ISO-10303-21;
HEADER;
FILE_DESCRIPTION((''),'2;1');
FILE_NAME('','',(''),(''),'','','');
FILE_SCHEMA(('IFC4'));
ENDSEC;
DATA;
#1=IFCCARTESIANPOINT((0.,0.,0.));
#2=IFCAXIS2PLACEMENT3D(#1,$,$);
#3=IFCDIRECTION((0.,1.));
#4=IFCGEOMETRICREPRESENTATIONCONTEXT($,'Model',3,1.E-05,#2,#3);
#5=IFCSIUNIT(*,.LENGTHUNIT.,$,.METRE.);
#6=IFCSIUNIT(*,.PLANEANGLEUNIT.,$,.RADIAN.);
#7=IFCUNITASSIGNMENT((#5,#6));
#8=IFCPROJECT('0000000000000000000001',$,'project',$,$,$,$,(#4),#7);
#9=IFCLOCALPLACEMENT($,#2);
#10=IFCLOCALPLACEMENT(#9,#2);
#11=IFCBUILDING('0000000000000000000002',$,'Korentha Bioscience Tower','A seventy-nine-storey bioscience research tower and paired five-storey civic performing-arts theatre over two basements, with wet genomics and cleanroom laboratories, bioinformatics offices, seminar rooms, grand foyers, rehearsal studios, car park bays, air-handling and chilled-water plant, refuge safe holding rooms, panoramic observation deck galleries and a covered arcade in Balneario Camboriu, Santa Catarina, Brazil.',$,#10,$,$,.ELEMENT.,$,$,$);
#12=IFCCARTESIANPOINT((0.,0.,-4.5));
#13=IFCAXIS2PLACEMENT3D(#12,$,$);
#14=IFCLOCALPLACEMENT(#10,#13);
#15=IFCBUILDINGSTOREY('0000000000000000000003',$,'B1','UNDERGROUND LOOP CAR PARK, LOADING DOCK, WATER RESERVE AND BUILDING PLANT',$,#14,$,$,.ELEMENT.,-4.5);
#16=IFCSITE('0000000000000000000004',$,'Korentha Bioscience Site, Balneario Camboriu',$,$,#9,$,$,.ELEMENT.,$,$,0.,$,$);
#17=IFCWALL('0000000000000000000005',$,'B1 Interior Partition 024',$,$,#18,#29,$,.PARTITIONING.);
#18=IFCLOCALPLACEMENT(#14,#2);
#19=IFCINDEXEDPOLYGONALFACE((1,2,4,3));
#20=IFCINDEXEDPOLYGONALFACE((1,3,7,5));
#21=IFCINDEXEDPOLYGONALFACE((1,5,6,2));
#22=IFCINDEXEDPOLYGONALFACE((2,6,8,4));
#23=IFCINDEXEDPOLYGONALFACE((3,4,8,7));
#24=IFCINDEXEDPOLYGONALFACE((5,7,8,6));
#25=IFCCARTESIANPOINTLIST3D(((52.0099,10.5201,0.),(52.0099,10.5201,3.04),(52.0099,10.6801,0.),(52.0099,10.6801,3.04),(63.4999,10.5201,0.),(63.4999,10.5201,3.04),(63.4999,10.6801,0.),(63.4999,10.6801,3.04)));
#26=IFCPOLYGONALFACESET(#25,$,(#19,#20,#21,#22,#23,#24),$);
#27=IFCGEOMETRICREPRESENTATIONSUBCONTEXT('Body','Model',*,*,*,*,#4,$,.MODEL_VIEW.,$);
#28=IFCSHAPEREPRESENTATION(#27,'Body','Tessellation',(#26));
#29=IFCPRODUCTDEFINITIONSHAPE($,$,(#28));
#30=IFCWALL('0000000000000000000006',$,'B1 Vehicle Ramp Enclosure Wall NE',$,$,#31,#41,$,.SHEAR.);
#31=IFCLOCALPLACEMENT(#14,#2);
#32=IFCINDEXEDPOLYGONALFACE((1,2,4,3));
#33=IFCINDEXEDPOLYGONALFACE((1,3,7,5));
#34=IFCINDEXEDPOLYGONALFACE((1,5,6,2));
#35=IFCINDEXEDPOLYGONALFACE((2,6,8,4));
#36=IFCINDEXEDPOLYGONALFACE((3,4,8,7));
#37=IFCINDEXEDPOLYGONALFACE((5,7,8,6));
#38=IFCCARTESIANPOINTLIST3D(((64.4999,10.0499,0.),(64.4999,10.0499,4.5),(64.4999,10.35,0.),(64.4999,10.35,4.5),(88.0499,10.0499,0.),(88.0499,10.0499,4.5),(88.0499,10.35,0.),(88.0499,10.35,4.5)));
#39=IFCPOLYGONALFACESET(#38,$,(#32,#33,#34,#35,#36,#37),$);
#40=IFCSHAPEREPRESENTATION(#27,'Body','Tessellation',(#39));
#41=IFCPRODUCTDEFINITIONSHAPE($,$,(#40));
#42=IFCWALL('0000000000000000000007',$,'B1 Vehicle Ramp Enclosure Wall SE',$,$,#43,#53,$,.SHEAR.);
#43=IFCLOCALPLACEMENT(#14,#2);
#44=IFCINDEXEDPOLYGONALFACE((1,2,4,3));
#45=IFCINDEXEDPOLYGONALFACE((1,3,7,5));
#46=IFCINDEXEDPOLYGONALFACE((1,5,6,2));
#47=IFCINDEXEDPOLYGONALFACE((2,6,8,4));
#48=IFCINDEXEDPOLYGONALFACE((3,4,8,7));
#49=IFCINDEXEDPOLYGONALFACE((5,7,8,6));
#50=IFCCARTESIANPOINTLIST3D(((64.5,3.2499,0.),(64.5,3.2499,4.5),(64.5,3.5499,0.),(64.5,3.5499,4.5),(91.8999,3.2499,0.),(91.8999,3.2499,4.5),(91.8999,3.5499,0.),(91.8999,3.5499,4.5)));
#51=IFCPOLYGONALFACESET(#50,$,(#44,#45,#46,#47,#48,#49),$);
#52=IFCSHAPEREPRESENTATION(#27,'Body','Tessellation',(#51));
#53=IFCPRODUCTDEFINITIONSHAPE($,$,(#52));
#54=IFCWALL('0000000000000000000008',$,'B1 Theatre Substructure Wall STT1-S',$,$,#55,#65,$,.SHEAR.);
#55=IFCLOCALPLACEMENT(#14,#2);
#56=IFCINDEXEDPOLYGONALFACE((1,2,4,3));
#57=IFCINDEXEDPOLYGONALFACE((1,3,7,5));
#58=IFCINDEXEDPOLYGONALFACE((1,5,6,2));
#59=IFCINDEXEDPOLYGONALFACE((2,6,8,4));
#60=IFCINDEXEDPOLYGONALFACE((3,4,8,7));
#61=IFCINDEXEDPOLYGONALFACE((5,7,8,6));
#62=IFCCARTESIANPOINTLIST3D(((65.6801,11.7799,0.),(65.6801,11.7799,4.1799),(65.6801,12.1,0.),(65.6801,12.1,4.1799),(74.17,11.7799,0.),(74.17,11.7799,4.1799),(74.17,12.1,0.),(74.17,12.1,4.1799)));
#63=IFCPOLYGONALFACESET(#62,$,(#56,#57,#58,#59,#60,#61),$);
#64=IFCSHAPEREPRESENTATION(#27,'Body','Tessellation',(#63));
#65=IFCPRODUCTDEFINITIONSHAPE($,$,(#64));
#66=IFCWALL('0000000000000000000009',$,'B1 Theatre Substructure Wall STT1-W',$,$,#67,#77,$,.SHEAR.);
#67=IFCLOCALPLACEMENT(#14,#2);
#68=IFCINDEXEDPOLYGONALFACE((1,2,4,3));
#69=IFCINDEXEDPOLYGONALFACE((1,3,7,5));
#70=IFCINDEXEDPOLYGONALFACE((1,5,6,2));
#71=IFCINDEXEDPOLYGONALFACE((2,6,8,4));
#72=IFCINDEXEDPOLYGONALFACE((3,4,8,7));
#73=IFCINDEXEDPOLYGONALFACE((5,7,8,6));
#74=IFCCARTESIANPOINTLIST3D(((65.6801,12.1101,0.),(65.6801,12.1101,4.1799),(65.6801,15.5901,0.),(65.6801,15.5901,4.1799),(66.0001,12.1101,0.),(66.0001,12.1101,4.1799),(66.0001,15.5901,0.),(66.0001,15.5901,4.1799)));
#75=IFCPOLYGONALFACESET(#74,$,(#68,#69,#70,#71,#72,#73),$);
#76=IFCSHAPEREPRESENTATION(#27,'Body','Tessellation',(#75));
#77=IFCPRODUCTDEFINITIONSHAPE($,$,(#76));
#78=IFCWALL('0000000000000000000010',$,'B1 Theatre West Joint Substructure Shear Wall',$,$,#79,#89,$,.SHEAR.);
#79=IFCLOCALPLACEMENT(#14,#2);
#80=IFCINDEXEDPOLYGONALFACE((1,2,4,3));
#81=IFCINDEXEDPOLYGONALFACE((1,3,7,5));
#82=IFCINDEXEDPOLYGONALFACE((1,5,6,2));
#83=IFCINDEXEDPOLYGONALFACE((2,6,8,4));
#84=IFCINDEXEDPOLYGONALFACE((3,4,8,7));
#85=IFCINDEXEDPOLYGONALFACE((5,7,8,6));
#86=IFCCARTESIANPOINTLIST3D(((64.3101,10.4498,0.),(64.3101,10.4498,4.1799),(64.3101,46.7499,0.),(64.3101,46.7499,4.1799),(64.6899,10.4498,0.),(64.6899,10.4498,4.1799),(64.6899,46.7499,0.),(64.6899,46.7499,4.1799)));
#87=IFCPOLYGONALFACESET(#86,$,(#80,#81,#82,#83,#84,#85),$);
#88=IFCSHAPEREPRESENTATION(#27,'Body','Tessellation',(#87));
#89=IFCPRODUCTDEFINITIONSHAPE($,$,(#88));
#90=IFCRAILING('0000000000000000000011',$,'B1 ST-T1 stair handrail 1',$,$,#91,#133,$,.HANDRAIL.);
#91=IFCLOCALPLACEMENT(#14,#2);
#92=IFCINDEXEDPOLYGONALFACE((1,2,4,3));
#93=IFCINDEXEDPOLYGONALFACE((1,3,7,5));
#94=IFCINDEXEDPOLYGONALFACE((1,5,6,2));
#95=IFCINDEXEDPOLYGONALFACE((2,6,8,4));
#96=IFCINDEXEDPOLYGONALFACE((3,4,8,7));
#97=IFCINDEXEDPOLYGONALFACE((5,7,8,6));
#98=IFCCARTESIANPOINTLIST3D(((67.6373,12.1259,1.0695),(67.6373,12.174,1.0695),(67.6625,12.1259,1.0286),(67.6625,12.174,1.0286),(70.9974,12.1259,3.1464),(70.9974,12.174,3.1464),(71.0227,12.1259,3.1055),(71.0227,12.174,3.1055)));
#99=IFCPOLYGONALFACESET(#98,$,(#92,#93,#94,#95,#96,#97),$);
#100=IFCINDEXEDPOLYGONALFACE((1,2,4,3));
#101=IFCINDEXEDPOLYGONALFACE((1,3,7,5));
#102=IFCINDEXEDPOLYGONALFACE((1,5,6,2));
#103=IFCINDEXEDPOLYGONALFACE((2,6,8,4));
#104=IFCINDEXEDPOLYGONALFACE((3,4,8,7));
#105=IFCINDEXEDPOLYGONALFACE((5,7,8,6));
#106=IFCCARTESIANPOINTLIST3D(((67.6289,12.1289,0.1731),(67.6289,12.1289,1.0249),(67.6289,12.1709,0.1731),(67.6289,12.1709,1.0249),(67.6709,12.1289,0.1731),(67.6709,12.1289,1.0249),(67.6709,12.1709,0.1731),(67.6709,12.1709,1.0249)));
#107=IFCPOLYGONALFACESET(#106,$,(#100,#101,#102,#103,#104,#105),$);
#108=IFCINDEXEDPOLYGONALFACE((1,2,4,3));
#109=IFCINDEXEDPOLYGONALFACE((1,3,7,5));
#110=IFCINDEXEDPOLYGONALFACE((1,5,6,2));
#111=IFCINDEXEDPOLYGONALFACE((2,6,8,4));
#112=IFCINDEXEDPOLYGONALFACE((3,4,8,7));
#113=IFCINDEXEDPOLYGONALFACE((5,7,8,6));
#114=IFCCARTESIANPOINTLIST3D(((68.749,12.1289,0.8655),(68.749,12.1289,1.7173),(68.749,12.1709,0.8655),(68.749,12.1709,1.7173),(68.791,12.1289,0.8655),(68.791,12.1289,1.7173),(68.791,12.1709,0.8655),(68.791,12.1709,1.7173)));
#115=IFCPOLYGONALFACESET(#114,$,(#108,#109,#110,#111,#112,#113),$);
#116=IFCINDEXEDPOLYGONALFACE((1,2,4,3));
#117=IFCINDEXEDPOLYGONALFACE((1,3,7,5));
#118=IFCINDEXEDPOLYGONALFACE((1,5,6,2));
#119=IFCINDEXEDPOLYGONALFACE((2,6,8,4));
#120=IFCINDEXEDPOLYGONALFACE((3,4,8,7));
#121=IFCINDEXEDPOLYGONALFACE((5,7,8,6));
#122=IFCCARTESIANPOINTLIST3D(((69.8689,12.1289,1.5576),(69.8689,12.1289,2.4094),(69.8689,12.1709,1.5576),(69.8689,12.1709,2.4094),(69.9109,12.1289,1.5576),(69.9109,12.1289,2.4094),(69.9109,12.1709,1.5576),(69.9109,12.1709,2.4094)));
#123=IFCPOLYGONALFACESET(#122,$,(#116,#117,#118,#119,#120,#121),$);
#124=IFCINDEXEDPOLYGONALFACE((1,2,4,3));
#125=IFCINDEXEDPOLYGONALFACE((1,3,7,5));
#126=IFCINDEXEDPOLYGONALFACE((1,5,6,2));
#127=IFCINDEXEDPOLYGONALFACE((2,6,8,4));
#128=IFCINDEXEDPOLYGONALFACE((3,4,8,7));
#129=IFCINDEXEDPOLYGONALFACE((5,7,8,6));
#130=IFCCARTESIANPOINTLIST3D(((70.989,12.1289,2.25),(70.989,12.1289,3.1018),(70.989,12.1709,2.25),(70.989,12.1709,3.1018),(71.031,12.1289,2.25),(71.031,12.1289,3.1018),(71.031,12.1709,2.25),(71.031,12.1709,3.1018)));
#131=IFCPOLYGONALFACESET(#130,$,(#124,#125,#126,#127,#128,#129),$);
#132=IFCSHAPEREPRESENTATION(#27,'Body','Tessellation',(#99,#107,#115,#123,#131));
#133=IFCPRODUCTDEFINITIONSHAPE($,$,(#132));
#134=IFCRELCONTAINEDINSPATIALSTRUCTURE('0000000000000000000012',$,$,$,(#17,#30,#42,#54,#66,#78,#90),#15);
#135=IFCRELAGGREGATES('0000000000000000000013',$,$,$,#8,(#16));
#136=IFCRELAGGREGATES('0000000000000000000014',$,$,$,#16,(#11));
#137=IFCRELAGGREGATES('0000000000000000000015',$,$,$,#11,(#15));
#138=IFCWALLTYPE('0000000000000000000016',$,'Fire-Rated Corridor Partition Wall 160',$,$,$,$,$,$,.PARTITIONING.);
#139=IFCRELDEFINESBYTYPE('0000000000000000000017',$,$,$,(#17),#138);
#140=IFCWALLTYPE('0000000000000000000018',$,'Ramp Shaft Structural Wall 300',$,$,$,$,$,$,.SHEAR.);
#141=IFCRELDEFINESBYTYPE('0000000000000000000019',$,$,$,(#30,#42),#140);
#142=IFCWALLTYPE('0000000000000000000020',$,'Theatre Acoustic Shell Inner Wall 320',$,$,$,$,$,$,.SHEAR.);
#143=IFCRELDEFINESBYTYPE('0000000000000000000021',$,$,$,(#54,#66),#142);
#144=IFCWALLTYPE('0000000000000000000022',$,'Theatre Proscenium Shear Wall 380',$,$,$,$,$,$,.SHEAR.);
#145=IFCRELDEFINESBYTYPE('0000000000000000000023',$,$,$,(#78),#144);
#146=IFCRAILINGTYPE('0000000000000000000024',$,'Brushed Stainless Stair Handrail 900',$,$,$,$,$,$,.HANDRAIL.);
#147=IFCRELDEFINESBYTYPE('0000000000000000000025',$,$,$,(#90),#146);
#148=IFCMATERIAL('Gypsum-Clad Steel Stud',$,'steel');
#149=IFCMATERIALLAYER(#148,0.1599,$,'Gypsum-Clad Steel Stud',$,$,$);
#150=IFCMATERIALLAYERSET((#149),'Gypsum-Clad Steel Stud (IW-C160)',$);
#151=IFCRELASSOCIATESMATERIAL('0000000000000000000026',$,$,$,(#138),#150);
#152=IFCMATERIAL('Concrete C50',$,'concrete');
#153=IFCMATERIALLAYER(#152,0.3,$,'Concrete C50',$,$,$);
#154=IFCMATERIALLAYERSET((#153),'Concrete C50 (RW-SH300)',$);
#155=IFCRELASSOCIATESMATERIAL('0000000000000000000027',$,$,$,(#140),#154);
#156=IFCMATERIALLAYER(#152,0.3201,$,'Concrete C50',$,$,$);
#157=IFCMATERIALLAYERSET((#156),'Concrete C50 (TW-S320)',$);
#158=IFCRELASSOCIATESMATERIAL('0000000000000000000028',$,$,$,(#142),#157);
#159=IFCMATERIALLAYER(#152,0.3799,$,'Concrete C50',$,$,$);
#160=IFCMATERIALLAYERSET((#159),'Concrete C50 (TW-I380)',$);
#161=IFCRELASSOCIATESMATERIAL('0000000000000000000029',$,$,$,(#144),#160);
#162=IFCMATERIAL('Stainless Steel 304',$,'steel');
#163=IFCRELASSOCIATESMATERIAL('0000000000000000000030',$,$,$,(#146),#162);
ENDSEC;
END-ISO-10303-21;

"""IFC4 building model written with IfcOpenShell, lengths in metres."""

from ifc_helpers import new_model, si_unit, direction, frame, frame_2d, origin, origin_2d, place, context, subcontext, project, spatial, rectangle, extrude, material, layer, layer_set, type_object, element, save


model = new_model("IFC4")

# Units and contexts
model_context = context("Model", 3, precision=1e-05, world=origin(), true_north=direction((0.0, 1.0)))
body_context = subcontext(model_context, "Body", "Model", "MODEL_VIEW")
ifc_project = project(units=[si_unit("LENGTHUNIT", "METRE"), si_unit("PLANEANGLEUNIT", "RADIAN")], contexts=[model_context])

# Site, building, storey
site_placement = place(None, origin())
site = spatial("IfcSite", under=ifc_project, at=site_placement, Name="Korentha Bioscience Site, Balneario Camboriu", CompositionType="ELEMENT", RefElevation=0.0)
building_placement = place(site_placement, origin())
building = spatial("IfcBuilding", under=site, at=building_placement, Name="Korentha Bioscience Tower", Description="A seventy-nine-storey bioscience research tower and paired five-storey civic performing-arts theatre over two basements, with wet genomics and cleanroom laboratories, bioinformatics offices, seminar rooms, grand foyers, rehearsal studios, car park bays, air-handling and chilled-water plant, refuge safe holding rooms, panoramic observation deck galleries and a covered arcade in Balneario Camboriu, Santa Catarina, Brazil.", CompositionType="ELEMENT")
storey_placement = place(building_placement, frame((0.0, 0.0, -4.5)))
storey = spatial("IfcBuildingStorey", under=building, at=storey_placement, Name="B1", Description="UNDERGROUND LOOP CAR PARK, LOADING DOCK, WATER RESERVE AND BUILDING PLANT", CompositionType="ELEMENT", Elevation=-4.5)

# Shared definitions
ifc_material_1 = material(Name="Concrete C50", Category="concrete")

# Walls
ifc_material_2 = material(Name="Gypsum-Clad Steel Stud", Category="steel")
ifc_layer_1 = layer(ifc_material_2, 0.1599, Name="Gypsum-Clad Steel Stud")
ifc_layer_set_1 = layer_set([ifc_layer_1], Name="Gypsum-Clad Steel Stud (IW-C160)")
wall_type_1 = type_object("IfcWallType", Name="Fire-Rated Corridor Partition Wall 160", PredefinedType="PARTITIONING", material=ifc_layer_set_1)
wall_1_placement = place(storey_placement, frame((63.5, 10.6001, 0.0), z_axis=(0.0, 0.0, 1.0), x_axis=(-1.0, 0.0, 0.0)))
element("IfcWall", 1, at=wall_1_placement, inside=storey, type_object=wall_type_1, Name="B1 Interior Partition 024", PredefinedType="PARTITIONING", context=body_context, shape_type="SweptSolid", body=[
    extrude(rectangle(XDim=11.49, YDim=0.1599, at=frame_2d((5.7451, 0.0))), origin(), (0.0, 0.0, 1.0), 3.04),
])
ifc_layer_2 = layer(ifc_material_1, 0.3, Name="Concrete C50")
ifc_layer_set_2 = layer_set([ifc_layer_2], Name="Concrete C50 (RW-SH300)")
wall_type_2 = type_object("IfcWallType", Name="Ramp Shaft Structural Wall 300", PredefinedType="SHEAR", material=ifc_layer_set_2)
wall_2_placement = place(storey_placement, frame((64.5, 10.2, 0.0), z_axis=(0.0, 0.0, 1.0), x_axis=(1.0, 0.0, 0.0)))
element("IfcWall", 2, at=wall_2_placement, inside=storey, type_object=wall_type_2, Name="B1 Vehicle Ramp Enclosure Wall NE", PredefinedType="SHEAR", context=body_context, shape_type="SweptSolid", body=[
    extrude(rectangle(XDim=23.55, YDim=0.3, at=frame_2d((11.7749, 0.0))), origin(), (0.0, 0.0, 1.0), 4.5),
])
wall_3_placement = place(storey_placement, frame((64.5, 3.3999, 0.0), z_axis=(0.0, 0.0, 1.0), x_axis=(1.0, 0.0, 0.0)))
element("IfcWall", 3, at=wall_3_placement, inside=storey, type_object=wall_type_2, Name="B1 Vehicle Ramp Enclosure Wall SE", PredefinedType="SHEAR", context=body_context, shape_type="SweptSolid", body=[
    extrude(rectangle(XDim=27.3999, YDim=0.3, at=frame_2d((13.7, 0.0))), origin(), (0.0, 0.0, 1.0), 4.5),
])
ifc_layer_3 = layer(ifc_material_1, 0.3201, Name="Concrete C50")
ifc_layer_set_3 = layer_set([ifc_layer_3], Name="Concrete C50 (TW-S320)")
wall_type_3 = type_object("IfcWallType", Name="Theatre Acoustic Shell Inner Wall 320", PredefinedType="SHEAR", material=ifc_layer_set_3)
wall_4_placement = place(storey_placement, frame((65.6799, 11.9399, 0.0), z_axis=(0.0, 0.0, 1.0), x_axis=(1.0, 0.0, 0.0)))
element("IfcWall", 4, at=wall_4_placement, inside=storey, type_object=wall_type_3, Name="B1 Theatre Substructure Wall STT1-S", PredefinedType="SHEAR", context=body_context, shape_type="SweptSolid", body=[
    extrude(rectangle(XDim=8.49, YDim=0.3201, at=frame_2d((4.2451, 0.0))), origin(), (0.0, 0.0, 1.0), 4.1799),
])
wall_5_placement = place(storey_placement, frame((65.8401, 12.1101, 0.0), z_axis=(0.0, 0.0, 1.0), x_axis=(0.0, 1.0, 0.0)))
element("IfcWall", 5, at=wall_5_placement, inside=storey, type_object=wall_type_3, Name="B1 Theatre Substructure Wall STT1-W", PredefinedType="SHEAR", context=body_context, shape_type="SweptSolid", body=[
    extrude(rectangle(XDim=3.48, YDim=0.3201, at=frame_2d((1.74, 0.0))), origin(), (0.0, 0.0, 1.0), 4.1799),
])
ifc_layer_4 = layer(ifc_material_1, 0.3799, Name="Concrete C50")
ifc_layer_set_4 = layer_set([ifc_layer_4], Name="Concrete C50 (TW-I380)")
wall_type_4 = type_object("IfcWallType", Name="Theatre Proscenium Shear Wall 380", PredefinedType="SHEAR", material=ifc_layer_set_4)
wall_6_placement = place(storey_placement, frame((64.5, 10.45, 0.0), z_axis=(0.0, 0.0, 1.0), x_axis=(0.0, 1.0, 0.0)))
element("IfcWall", 6, at=wall_6_placement, inside=storey, type_object=wall_type_4, Name="B1 Theatre West Joint Substructure Shear Wall", PredefinedType="SHEAR", context=body_context, shape_type="SweptSolid", body=[
    extrude(rectangle(XDim=36.3, YDim=0.3799, at=frame_2d((18.1499, 0.0))), origin(), (0.0, 0.0, 1.0), 4.1799),
])

# Railing
ifc_material_3 = material(Name="Stainless Steel 304", Category="steel")
railing_type = type_object("IfcRailingType", Name="Brushed Stainless Stair Handrail 900", PredefinedType="HANDRAIL", material=ifc_material_3)
railing_placement = place(storey_placement, frame((67.6499, 12.1499, 0.1731)))
element("IfcRailing", 7, at=railing_placement, inside=storey, type_object=railing_type, Name="B1 ST-T1 stair handrail 1", PredefinedType="HANDRAIL", context=body_context, shape_type="SweptSolid", body=[
    extrude(rectangle(XDim=0.0481, YDim=0.0481, at=origin_2d()), frame((0.0, 0.0, 0.876), z_axis=(0.850623, 0.0, 0.525776), x_axis=(0.0, 1.0, 0.0)), (0.0, 0.0, 1.0), 3.9502),
    extrude(rectangle(XDim=0.042, YDim=0.042, at=origin_2d()), origin(), (0.0, 0.0, 1.0), 0.8518),
    extrude(rectangle(XDim=0.042, YDim=0.042, at=origin_2d()), frame((1.1201, 0.0, 0.6924)), (0.0, 0.0, 1.0), 0.8518),
    extrude(rectangle(XDim=0.042, YDim=0.042, at=origin_2d()), frame((2.24, 0.0, 1.3845)), (0.0, 0.0, 1.0), 0.8518),
    extrude(rectangle(XDim=0.042, YDim=0.042, at=origin_2d()), frame((3.3601, 0.0, 2.0769)), (0.0, 0.0, 1.0), 0.8518),
])

save(model, "model.ifc")
